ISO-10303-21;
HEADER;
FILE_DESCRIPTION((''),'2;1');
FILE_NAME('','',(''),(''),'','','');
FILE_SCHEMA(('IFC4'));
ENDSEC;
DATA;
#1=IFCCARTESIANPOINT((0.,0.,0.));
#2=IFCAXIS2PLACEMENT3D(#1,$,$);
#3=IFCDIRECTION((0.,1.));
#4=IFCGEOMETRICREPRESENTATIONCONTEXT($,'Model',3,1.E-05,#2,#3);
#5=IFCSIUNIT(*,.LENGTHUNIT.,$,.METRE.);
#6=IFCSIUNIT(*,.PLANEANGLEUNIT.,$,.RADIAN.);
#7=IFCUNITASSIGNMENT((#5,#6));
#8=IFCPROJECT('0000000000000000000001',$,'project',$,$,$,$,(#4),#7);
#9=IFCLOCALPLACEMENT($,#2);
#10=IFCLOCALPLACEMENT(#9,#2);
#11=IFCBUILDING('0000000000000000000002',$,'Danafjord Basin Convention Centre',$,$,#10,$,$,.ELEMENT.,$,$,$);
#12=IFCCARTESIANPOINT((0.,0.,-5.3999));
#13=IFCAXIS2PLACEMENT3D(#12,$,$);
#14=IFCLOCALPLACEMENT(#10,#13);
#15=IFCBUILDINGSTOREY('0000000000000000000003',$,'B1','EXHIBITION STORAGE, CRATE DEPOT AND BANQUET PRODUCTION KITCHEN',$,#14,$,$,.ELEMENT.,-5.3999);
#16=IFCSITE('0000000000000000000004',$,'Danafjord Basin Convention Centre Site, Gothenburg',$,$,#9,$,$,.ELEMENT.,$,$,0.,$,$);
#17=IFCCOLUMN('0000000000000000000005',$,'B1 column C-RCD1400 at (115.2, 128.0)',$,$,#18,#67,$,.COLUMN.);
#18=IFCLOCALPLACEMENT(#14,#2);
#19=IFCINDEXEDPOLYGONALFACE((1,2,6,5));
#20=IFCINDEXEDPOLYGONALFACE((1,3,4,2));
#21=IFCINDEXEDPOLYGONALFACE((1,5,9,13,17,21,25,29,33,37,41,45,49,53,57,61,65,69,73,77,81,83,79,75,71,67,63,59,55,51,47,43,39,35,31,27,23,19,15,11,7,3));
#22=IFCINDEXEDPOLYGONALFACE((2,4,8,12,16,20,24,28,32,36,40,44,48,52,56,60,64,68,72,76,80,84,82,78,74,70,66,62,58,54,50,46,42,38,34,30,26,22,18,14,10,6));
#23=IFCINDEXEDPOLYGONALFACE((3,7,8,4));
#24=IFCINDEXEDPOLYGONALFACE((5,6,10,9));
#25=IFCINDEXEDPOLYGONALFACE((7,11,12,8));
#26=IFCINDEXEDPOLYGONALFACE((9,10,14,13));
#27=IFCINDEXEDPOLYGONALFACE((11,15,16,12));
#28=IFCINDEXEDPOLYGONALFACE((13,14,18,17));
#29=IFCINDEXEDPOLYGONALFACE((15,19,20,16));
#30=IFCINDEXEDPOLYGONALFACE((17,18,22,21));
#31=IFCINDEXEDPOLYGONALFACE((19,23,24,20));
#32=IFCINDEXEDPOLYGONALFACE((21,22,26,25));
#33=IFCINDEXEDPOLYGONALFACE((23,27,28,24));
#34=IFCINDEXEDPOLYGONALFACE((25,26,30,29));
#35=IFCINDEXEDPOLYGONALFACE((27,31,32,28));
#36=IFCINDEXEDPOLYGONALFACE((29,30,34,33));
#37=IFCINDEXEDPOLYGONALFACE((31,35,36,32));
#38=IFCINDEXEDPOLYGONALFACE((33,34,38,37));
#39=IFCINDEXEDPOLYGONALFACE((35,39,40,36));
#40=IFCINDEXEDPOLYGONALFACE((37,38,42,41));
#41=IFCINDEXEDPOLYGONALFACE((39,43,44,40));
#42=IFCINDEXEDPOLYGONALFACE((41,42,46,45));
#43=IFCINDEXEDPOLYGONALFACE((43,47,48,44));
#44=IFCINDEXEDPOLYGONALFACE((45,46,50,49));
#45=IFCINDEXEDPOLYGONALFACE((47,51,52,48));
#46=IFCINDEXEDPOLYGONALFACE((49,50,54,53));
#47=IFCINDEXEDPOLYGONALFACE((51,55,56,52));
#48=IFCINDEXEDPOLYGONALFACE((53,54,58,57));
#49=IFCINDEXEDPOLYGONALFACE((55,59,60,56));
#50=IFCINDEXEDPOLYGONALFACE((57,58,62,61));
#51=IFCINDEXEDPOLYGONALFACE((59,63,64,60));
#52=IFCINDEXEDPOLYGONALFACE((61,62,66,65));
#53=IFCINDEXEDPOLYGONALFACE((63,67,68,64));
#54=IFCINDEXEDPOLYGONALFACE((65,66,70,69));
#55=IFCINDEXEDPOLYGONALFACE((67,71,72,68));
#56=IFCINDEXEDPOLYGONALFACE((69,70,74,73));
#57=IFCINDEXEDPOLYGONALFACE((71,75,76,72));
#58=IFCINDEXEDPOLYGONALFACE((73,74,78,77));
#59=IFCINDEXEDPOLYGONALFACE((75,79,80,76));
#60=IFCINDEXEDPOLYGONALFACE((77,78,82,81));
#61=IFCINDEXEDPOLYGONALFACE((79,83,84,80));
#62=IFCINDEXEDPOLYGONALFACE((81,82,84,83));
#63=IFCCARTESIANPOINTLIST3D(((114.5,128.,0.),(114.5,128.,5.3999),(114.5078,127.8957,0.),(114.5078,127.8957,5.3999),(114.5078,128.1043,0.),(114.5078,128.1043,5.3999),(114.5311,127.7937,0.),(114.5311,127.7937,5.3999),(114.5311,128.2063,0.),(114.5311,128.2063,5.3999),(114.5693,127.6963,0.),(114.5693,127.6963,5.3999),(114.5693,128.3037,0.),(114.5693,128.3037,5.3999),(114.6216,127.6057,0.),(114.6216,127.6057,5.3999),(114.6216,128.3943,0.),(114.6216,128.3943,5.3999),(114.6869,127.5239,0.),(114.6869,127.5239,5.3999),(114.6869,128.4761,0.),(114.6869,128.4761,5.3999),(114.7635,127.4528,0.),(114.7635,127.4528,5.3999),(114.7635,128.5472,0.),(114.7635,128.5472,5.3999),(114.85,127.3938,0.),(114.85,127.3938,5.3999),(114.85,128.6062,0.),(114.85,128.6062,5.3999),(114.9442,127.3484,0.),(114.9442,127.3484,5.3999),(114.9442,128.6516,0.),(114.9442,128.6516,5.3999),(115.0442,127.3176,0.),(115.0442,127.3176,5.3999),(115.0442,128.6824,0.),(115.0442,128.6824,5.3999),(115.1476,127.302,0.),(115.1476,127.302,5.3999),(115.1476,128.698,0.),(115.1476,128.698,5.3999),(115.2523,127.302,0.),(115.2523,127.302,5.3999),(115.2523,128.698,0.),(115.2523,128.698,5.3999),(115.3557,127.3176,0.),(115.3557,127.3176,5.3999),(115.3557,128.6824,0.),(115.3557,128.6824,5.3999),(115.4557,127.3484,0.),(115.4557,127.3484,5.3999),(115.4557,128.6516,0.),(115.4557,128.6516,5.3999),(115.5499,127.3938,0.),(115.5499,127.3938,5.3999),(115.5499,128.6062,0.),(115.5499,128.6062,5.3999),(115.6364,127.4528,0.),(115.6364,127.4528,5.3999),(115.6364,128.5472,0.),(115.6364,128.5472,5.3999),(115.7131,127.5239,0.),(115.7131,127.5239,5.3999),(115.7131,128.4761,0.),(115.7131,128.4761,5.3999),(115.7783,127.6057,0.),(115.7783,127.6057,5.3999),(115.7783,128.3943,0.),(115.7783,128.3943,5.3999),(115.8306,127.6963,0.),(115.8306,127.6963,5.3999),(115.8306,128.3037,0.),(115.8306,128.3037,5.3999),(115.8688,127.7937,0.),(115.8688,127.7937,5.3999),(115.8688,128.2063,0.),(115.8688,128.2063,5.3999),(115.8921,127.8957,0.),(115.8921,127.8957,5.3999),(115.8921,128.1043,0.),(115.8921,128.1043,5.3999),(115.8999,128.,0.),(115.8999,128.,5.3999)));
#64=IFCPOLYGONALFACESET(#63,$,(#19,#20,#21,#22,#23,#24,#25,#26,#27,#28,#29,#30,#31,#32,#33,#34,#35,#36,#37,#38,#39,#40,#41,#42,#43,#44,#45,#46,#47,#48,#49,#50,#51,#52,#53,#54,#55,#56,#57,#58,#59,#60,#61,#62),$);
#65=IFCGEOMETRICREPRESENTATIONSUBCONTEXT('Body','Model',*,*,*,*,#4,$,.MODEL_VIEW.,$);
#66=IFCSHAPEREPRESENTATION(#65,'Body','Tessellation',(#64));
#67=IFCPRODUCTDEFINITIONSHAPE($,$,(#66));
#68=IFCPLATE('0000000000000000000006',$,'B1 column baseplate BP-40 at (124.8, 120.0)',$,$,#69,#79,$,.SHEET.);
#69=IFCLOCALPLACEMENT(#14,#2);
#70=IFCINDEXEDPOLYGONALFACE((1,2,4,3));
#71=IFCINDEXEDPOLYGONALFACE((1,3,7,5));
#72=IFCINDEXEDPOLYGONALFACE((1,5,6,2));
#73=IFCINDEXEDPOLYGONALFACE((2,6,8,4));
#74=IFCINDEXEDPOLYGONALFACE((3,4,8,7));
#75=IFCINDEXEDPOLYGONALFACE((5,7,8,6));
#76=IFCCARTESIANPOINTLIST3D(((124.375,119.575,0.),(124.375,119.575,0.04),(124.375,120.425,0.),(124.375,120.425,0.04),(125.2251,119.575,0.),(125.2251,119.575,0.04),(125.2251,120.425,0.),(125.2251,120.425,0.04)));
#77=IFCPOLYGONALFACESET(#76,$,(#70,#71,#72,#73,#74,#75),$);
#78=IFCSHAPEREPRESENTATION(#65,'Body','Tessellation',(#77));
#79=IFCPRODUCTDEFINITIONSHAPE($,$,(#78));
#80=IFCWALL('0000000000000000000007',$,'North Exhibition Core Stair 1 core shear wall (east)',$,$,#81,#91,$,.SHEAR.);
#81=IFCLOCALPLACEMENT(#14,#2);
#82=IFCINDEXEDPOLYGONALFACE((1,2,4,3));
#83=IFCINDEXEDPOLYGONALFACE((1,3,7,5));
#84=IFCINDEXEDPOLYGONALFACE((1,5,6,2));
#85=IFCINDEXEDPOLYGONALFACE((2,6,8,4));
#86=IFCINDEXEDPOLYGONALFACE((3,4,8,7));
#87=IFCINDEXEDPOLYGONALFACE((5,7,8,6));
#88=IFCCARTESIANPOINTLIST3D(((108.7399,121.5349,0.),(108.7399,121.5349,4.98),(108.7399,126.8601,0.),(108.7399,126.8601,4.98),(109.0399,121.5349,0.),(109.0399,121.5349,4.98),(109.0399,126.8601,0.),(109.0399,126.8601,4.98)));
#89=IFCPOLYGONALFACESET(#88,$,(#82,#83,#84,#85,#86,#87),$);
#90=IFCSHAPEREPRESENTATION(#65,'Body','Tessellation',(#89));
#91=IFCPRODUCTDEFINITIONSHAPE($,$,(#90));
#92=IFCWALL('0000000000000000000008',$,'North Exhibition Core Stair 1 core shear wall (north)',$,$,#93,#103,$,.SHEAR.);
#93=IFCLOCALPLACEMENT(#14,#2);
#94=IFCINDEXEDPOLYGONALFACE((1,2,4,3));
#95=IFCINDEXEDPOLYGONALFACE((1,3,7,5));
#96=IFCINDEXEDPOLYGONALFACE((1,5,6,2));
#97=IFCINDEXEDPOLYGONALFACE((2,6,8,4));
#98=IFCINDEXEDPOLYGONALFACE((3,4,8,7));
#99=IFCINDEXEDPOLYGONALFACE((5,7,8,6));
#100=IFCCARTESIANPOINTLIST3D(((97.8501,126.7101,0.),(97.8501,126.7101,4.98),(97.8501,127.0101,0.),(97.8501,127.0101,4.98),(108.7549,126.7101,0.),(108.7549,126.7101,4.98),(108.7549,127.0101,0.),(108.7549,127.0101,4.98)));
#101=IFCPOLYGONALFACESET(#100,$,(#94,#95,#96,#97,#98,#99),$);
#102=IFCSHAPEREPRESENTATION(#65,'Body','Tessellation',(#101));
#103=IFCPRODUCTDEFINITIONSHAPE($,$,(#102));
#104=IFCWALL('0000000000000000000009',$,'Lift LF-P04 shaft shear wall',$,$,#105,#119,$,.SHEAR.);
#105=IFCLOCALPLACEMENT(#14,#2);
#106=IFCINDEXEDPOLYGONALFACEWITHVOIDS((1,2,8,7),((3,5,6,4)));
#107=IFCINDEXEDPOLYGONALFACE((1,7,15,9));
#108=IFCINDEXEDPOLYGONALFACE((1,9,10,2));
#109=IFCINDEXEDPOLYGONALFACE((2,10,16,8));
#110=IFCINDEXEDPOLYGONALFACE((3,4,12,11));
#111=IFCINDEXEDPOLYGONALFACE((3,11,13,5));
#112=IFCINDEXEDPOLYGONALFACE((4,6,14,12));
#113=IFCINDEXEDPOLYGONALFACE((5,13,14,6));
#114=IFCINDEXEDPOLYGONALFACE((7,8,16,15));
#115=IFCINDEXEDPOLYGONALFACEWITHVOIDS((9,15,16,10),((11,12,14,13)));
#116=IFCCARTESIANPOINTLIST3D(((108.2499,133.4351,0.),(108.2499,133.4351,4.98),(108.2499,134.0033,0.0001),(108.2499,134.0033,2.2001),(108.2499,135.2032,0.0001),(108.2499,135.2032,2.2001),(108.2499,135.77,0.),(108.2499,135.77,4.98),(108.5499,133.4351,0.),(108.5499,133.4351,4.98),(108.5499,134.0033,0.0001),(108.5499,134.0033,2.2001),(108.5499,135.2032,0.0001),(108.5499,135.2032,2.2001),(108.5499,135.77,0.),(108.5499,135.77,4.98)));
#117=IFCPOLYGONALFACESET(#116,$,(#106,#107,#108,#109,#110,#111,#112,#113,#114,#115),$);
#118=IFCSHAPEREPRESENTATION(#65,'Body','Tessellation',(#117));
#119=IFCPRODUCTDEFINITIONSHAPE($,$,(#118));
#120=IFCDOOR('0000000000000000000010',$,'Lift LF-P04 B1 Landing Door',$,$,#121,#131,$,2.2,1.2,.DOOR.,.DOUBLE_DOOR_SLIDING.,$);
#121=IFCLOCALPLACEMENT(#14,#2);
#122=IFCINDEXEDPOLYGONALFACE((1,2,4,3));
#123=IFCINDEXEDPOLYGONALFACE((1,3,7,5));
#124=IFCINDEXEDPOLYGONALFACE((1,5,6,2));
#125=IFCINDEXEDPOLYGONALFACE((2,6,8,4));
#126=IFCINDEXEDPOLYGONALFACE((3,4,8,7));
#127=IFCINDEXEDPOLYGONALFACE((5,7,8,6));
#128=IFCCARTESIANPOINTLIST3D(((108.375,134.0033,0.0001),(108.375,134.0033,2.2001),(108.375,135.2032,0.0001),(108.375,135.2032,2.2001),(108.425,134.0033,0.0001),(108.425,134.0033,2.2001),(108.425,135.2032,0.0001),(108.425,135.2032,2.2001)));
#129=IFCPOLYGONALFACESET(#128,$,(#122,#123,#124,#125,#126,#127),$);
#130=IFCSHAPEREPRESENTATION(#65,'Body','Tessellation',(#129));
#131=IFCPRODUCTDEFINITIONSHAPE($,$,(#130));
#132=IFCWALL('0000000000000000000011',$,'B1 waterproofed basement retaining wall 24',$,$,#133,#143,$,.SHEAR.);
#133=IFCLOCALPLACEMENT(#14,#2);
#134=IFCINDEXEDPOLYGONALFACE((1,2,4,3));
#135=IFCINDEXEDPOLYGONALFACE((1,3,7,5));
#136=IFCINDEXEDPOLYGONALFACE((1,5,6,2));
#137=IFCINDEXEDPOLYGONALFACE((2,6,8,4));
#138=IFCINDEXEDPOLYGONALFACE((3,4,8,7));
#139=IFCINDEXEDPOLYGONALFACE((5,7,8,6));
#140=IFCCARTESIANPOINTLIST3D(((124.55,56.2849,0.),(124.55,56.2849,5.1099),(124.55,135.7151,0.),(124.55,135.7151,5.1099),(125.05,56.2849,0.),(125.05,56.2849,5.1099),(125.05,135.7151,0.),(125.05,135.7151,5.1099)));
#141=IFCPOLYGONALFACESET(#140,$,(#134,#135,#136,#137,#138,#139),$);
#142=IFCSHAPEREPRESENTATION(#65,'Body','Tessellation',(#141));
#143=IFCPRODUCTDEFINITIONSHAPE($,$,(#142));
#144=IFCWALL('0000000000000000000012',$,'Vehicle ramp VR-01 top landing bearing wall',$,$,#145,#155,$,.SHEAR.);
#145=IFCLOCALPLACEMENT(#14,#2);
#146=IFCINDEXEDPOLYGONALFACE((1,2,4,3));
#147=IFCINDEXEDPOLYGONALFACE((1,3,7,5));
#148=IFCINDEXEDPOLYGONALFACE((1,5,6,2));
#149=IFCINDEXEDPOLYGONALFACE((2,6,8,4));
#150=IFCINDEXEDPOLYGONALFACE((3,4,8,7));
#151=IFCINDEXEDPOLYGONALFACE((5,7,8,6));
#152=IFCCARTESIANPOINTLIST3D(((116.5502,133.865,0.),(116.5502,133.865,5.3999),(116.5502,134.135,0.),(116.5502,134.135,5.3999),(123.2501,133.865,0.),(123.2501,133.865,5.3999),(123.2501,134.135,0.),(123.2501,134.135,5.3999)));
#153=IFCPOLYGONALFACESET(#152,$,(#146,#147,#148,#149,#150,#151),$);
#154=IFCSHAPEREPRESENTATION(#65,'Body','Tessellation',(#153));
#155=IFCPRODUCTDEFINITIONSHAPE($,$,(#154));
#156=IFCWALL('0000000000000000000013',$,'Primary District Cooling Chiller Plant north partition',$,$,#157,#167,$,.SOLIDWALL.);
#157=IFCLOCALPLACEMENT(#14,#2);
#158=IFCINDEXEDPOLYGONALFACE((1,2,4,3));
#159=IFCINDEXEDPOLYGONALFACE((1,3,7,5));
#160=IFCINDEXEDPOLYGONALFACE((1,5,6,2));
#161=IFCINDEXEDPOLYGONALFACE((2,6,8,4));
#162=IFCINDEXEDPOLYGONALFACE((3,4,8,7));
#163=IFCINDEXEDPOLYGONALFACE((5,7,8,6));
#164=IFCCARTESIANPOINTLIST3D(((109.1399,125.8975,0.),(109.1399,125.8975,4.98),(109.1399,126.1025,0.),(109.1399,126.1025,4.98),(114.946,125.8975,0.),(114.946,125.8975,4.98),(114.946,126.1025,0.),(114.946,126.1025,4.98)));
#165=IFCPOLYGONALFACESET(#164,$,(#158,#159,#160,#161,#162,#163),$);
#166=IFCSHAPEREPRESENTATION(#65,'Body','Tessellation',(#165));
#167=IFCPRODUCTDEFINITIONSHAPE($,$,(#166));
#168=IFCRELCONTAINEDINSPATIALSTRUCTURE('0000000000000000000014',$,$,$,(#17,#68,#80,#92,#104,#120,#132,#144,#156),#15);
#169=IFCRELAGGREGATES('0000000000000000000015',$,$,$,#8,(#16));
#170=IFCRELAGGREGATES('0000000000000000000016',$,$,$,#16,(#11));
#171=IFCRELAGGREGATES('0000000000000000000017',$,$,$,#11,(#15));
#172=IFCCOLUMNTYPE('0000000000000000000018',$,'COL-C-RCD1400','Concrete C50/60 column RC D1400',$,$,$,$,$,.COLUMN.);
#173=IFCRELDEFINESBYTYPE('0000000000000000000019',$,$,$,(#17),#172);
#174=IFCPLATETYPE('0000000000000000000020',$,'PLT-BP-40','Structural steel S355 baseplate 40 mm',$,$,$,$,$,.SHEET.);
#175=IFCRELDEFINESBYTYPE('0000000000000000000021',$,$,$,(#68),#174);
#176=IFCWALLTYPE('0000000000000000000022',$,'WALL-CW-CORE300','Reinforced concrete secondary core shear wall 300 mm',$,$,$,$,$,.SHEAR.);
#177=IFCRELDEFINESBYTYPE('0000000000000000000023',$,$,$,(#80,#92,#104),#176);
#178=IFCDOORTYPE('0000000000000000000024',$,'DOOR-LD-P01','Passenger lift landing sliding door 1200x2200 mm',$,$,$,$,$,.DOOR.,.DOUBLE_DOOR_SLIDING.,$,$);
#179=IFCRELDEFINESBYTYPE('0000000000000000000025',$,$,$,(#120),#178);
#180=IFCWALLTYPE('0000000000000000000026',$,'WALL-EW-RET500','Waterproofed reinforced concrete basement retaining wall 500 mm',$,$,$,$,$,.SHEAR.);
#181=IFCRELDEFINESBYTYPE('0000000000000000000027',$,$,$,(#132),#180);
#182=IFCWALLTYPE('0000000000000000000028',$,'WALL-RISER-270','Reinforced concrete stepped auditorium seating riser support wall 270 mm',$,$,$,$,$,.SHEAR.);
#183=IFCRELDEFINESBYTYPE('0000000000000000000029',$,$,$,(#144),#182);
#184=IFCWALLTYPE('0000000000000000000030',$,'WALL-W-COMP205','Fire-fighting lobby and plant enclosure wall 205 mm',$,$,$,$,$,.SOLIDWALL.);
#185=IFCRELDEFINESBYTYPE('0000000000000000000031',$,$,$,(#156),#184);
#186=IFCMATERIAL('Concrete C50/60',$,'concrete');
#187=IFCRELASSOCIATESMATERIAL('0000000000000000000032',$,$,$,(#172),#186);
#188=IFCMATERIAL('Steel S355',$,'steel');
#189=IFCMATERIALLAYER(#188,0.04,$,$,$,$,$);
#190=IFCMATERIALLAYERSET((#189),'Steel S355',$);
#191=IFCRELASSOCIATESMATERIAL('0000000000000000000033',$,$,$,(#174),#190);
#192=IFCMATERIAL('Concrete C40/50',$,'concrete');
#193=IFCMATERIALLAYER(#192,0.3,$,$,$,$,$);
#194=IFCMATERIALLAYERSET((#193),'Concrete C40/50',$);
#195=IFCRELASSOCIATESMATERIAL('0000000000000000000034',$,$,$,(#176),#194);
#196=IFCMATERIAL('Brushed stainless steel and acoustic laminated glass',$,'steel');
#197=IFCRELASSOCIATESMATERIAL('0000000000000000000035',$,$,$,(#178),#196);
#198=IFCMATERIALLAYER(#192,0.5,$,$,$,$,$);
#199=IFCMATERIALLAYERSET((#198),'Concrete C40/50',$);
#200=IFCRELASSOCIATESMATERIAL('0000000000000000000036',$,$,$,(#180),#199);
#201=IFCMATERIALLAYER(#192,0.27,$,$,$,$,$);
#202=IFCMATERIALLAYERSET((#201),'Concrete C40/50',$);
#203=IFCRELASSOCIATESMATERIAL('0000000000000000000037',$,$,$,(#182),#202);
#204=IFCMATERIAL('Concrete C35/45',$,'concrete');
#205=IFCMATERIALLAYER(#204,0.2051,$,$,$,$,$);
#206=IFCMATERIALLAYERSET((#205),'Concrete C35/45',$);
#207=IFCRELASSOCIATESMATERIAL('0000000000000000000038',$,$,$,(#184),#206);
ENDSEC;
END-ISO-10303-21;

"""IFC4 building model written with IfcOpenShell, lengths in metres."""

from ifc_helpers import new_model, si_unit, direction, frame, frame_2d, origin, origin_2d, place, context, subcontext, project, spatial, rectangle, circle, extrude, material, layer, layer_set, material_profile, profile_set, type_object, element, fill, save


model = new_model("IFC4")

# Units and contexts
model_context = context("Model", 3, precision=1e-05, world=origin(), true_north=direction((0.0, 1.0)))
body_context = subcontext(model_context, "Body", "Model", "MODEL_VIEW")
ifc_project = project(units=[si_unit("LENGTHUNIT", "METRE"), si_unit("PLANEANGLEUNIT", "RADIAN")], contexts=[model_context])

# Site, building, storey
site_placement = place(None, origin())
site = spatial("IfcSite", under=ifc_project, at=site_placement, Name="Danafjord Basin Convention Centre Site, Gothenburg", CompositionType="ELEMENT", RefElevation=0.0)
building_placement = place(site_placement, origin())
building = spatial("IfcBuilding", under=site, at=building_placement, Name="Danafjord Basin Convention Centre", CompositionType="ELEMENT")
storey_placement = place(building_placement, frame((0.0, 0.0, -5.3999)))
storey = spatial("IfcBuildingStorey", under=building, at=storey_placement, Name="B1", Description="EXHIBITION STORAGE, CRATE DEPOT AND BANQUET PRODUCTION KITCHEN", CompositionType="ELEMENT", Elevation=-5.3999)

# Shared definitions
ifc_material_1 = material(Name="Concrete C40/50", Category="concrete")
ifc_material_2 = material(Name="Concrete C35/45", Category="concrete")

# Column
ifc_material_3 = material(Name="Concrete C50/60", Category="concrete")
ifc_material_profile_1 = material_profile(ifc_material_3, circle(Radius=0.7, at=origin_2d()), Name="RC D1400")
ifc_profile_set_1 = profile_set([ifc_material_profile_1], Name="Concrete C50/60")
column_type_1 = type_object("IfcColumnType", Name="COL-C-RCD1400", Description="Concrete C50/60 column RC D1400", PredefinedType="COLUMN", material=ifc_profile_set_1)
column_1_placement = place(storey_placement, frame((115.2, 128.0, 0.0), z_axis=(0.0, 0.0, 1.0), x_axis=(1.0, 0.0, 0.0)))
element("IfcColumn", 1, at=column_1_placement, inside=storey, type_object=column_type_1, Name="B1 column C-RCD1400 at (115.2, 128.0)", PredefinedType="COLUMN", context=body_context, shape_type="SweptSolid", body=[
    extrude(circle(Radius=0.7, at=origin_2d()), origin(), (0.0, 0.0, 1.0), 5.3999),
])

# Plate
ifc_material_4 = material(Name="Steel S355", Category="steel")
ifc_layer_1 = layer(ifc_material_4, 0.04)
ifc_layer_set_1 = layer_set([ifc_layer_1], Name="Steel S355")
plate_type = type_object("IfcPlateType", Name="PLT-BP-40", Description="Structural steel S355 baseplate 40 mm", PredefinedType="SHEET", material=ifc_layer_set_1)
plate_placement = place(storey_placement, frame((124.8, 120.0, 0.0), z_axis=(0.0, 0.0, 1.0), x_axis=(1.0, 0.0, 0.0)))
element("IfcPlate", 2, at=plate_placement, inside=storey, type_object=plate_type, Name="B1 column baseplate BP-40 at (124.8, 120.0)", PredefinedType="SHEET", context=body_context, shape_type="SweptSolid", body=[
    extrude(rectangle(XDim=0.8501, YDim=0.8501, at=origin_2d()), origin(), (0.0, 0.0, 1.0), 0.04),
])

# Walls
ifc_layer_2 = layer(ifc_material_1, 0.3)
ifc_layer_set_2 = layer_set([ifc_layer_2], Name="Concrete C40/50")
wall_type_1 = type_object("IfcWallType", Name="WALL-CW-CORE300", Description="Reinforced concrete secondary core shear wall 300 mm", PredefinedType="SHEAR", material=ifc_layer_set_2)
wall_1_placement = place(storey_placement, frame((108.8899, 121.5349, 0.0), z_axis=(0.0, 0.0, 1.0), x_axis=(0.0, 1.0, 0.0)))
element("IfcWall", 3, at=wall_1_placement, inside=storey, type_object=wall_type_1, Name="North Exhibition Core Stair 1 core shear wall (east)", PredefinedType="SHEAR", context=body_context, shape_type="SweptSolid", body=[
    extrude(rectangle(XDim=5.3252, YDim=0.3, at=frame_2d((2.6626, 0.0))), origin(), (0.0, 0.0, 1.0), 4.98),
])
wall_2_placement = place(storey_placement, frame((108.7549, 126.8601, 0.0), z_axis=(0.0, 0.0, 1.0), x_axis=(-1.0, 0.0, 0.0)))
element("IfcWall", 4, at=wall_2_placement, inside=storey, type_object=wall_type_1, Name="North Exhibition Core Stair 1 core shear wall (north)", PredefinedType="SHEAR", context=body_context, shape_type="SweptSolid", body=[
    extrude(rectangle(XDim=10.9048, YDim=0.3, at=frame_2d((5.4524, 0.0))), origin(), (0.0, 0.0, 1.0), 4.98),
])

# Wall, opening, door
wall_3_placement = place(storey_placement, frame((108.3999, 133.4351, 0.0), z_axis=(0.0, 0.0, 1.0), x_axis=(0.0, 1.0, 0.0)))
wall_3 = element("IfcWall", 5, at=wall_3_placement, inside=storey, type_object=wall_type_1, Name="Lift LF-P04 shaft shear wall", PredefinedType="SHEAR", context=body_context, shape_type="SweptSolid", body=[
    extrude(rectangle(XDim=2.335, YDim=0.3, at=frame_2d((1.1675, 0.0))), origin(), (0.0, 0.0, 1.0), 4.98),
])
opening_1_placement = place(wall_3_placement, frame((0.5681, 0.0, 0.0)))
opening_1 = element("IfcOpeningElement", 6, at=opening_1_placement, cuts=wall_3, PredefinedType="OPENING", context=body_context, shape_type="SweptSolid", body=[
    extrude(rectangle(XDim=1.2, YDim=2.2, at=frame_2d((0.6001, 1.1001))), frame((0.0, 0.1599, 0.0), z_axis=(0.0, -1.0, 0.0), x_axis=(1.0, 0.0, 0.0)), (0.0, 0.0, 1.0), 0.3201),
])
ifc_material_5 = material(Name="Brushed stainless steel and acoustic laminated glass", Category="steel")
door_type_1 = type_object("IfcDoorType", Name="DOOR-LD-P01", Description="Passenger lift landing sliding door 1200x2200 mm", OperationType="DOUBLE_DOOR_SLIDING", PredefinedType="DOOR", material=ifc_material_5)
door_1_placement = place(opening_1_placement, origin())
door_1 = element("IfcDoor", 7, at=door_1_placement, inside=storey, type_object=door_type_1, Name="Lift LF-P04 B1 Landing Door", OperationType="DOUBLE_DOOR_SLIDING", OverallHeight=2.2, OverallWidth=1.2, PredefinedType="DOOR", context=body_context, shape_type="SweptSolid", body=[
    extrude(rectangle(XDim=1.2, YDim=2.2, at=frame_2d((0.6001, 1.1001))), frame((0.0, 0.0249, 0.0), z_axis=(0.0, -1.0, 0.0), x_axis=(1.0, 0.0, 0.0)), (0.0, 0.0, 1.0), 0.05),
])
fill(opening_1, door_1)

# Wall
ifc_layer_3 = layer(ifc_material_1, 0.5)
ifc_layer_set_3 = layer_set([ifc_layer_3], Name="Concrete C40/50")
wall_type_2 = type_object("IfcWallType", Name="WALL-EW-RET500", Description="Waterproofed reinforced concrete basement retaining wall 500 mm", PredefinedType="SHEAR", material=ifc_layer_set_3)
wall_4_placement = place(storey_placement, frame((124.8, 135.7151, 0.0), z_axis=(0.0, 0.0, 1.0), x_axis=(0.0, -1.0, 0.0)))
element("IfcWall", 8, at=wall_4_placement, inside=storey, type_object=wall_type_2, Name="B1 waterproofed basement retaining wall 24", PredefinedType="SHEAR", context=body_context, shape_type="SweptSolid", body=[
    extrude(rectangle(XDim=79.4302, YDim=0.5, at=frame_2d((39.7151, 0.0))), origin(), (0.0, 0.0, 1.0), 5.1099),
])

# Walls
ifc_layer_4 = layer(ifc_material_1, 0.27)
ifc_layer_set_4 = layer_set([ifc_layer_4], Name="Concrete C40/50")
wall_type_3 = type_object("IfcWallType", Name="WALL-RISER-270", Description="Reinforced concrete stepped auditorium seating riser support wall 270 mm", PredefinedType="SHEAR", material=ifc_layer_set_4)
wall_5_placement = place(storey_placement, frame((116.55, 134.0, 0.0), z_axis=(0.0, 0.0, 1.0), x_axis=(1.0, 0.0, 0.0)))
element("IfcWall", 9, at=wall_5_placement, inside=storey, type_object=wall_type_3, Name="Vehicle ramp VR-01 top landing bearing wall", PredefinedType="SHEAR", context=body_context, shape_type="SweptSolid", body=[
    extrude(rectangle(XDim=6.7, YDim=0.27, at=frame_2d((3.3501, 0.0))), origin(), (0.0, 0.0, 1.0), 5.3999),
])
ifc_layer_5 = layer(ifc_material_2, 0.2051)
ifc_layer_set_5 = layer_set([ifc_layer_5], Name="Concrete C35/45")
wall_type_4 = type_object("IfcWallType", Name="WALL-W-COMP205", Description="Fire-fighting lobby and plant enclosure wall 205 mm", PredefinedType="SOLIDWALL", material=ifc_layer_set_5)
wall_6_placement = place(storey_placement, frame((114.946, 126.0, 0.0), z_axis=(0.0, 0.0, 1.0), x_axis=(-1.0, 0.0, 0.0)))
element("IfcWall", 10, at=wall_6_placement, inside=storey, type_object=wall_type_4, Name="Primary District Cooling Chiller Plant north partition", PredefinedType="SOLIDWALL", context=body_context, shape_type="SweptSolid", body=[
    extrude(rectangle(XDim=5.8062, YDim=0.2051, at=frame_2d((2.9031, 0.0))), origin(), (0.0, 0.0, 1.0), 4.98),
])

save(model, "model.ifc")
